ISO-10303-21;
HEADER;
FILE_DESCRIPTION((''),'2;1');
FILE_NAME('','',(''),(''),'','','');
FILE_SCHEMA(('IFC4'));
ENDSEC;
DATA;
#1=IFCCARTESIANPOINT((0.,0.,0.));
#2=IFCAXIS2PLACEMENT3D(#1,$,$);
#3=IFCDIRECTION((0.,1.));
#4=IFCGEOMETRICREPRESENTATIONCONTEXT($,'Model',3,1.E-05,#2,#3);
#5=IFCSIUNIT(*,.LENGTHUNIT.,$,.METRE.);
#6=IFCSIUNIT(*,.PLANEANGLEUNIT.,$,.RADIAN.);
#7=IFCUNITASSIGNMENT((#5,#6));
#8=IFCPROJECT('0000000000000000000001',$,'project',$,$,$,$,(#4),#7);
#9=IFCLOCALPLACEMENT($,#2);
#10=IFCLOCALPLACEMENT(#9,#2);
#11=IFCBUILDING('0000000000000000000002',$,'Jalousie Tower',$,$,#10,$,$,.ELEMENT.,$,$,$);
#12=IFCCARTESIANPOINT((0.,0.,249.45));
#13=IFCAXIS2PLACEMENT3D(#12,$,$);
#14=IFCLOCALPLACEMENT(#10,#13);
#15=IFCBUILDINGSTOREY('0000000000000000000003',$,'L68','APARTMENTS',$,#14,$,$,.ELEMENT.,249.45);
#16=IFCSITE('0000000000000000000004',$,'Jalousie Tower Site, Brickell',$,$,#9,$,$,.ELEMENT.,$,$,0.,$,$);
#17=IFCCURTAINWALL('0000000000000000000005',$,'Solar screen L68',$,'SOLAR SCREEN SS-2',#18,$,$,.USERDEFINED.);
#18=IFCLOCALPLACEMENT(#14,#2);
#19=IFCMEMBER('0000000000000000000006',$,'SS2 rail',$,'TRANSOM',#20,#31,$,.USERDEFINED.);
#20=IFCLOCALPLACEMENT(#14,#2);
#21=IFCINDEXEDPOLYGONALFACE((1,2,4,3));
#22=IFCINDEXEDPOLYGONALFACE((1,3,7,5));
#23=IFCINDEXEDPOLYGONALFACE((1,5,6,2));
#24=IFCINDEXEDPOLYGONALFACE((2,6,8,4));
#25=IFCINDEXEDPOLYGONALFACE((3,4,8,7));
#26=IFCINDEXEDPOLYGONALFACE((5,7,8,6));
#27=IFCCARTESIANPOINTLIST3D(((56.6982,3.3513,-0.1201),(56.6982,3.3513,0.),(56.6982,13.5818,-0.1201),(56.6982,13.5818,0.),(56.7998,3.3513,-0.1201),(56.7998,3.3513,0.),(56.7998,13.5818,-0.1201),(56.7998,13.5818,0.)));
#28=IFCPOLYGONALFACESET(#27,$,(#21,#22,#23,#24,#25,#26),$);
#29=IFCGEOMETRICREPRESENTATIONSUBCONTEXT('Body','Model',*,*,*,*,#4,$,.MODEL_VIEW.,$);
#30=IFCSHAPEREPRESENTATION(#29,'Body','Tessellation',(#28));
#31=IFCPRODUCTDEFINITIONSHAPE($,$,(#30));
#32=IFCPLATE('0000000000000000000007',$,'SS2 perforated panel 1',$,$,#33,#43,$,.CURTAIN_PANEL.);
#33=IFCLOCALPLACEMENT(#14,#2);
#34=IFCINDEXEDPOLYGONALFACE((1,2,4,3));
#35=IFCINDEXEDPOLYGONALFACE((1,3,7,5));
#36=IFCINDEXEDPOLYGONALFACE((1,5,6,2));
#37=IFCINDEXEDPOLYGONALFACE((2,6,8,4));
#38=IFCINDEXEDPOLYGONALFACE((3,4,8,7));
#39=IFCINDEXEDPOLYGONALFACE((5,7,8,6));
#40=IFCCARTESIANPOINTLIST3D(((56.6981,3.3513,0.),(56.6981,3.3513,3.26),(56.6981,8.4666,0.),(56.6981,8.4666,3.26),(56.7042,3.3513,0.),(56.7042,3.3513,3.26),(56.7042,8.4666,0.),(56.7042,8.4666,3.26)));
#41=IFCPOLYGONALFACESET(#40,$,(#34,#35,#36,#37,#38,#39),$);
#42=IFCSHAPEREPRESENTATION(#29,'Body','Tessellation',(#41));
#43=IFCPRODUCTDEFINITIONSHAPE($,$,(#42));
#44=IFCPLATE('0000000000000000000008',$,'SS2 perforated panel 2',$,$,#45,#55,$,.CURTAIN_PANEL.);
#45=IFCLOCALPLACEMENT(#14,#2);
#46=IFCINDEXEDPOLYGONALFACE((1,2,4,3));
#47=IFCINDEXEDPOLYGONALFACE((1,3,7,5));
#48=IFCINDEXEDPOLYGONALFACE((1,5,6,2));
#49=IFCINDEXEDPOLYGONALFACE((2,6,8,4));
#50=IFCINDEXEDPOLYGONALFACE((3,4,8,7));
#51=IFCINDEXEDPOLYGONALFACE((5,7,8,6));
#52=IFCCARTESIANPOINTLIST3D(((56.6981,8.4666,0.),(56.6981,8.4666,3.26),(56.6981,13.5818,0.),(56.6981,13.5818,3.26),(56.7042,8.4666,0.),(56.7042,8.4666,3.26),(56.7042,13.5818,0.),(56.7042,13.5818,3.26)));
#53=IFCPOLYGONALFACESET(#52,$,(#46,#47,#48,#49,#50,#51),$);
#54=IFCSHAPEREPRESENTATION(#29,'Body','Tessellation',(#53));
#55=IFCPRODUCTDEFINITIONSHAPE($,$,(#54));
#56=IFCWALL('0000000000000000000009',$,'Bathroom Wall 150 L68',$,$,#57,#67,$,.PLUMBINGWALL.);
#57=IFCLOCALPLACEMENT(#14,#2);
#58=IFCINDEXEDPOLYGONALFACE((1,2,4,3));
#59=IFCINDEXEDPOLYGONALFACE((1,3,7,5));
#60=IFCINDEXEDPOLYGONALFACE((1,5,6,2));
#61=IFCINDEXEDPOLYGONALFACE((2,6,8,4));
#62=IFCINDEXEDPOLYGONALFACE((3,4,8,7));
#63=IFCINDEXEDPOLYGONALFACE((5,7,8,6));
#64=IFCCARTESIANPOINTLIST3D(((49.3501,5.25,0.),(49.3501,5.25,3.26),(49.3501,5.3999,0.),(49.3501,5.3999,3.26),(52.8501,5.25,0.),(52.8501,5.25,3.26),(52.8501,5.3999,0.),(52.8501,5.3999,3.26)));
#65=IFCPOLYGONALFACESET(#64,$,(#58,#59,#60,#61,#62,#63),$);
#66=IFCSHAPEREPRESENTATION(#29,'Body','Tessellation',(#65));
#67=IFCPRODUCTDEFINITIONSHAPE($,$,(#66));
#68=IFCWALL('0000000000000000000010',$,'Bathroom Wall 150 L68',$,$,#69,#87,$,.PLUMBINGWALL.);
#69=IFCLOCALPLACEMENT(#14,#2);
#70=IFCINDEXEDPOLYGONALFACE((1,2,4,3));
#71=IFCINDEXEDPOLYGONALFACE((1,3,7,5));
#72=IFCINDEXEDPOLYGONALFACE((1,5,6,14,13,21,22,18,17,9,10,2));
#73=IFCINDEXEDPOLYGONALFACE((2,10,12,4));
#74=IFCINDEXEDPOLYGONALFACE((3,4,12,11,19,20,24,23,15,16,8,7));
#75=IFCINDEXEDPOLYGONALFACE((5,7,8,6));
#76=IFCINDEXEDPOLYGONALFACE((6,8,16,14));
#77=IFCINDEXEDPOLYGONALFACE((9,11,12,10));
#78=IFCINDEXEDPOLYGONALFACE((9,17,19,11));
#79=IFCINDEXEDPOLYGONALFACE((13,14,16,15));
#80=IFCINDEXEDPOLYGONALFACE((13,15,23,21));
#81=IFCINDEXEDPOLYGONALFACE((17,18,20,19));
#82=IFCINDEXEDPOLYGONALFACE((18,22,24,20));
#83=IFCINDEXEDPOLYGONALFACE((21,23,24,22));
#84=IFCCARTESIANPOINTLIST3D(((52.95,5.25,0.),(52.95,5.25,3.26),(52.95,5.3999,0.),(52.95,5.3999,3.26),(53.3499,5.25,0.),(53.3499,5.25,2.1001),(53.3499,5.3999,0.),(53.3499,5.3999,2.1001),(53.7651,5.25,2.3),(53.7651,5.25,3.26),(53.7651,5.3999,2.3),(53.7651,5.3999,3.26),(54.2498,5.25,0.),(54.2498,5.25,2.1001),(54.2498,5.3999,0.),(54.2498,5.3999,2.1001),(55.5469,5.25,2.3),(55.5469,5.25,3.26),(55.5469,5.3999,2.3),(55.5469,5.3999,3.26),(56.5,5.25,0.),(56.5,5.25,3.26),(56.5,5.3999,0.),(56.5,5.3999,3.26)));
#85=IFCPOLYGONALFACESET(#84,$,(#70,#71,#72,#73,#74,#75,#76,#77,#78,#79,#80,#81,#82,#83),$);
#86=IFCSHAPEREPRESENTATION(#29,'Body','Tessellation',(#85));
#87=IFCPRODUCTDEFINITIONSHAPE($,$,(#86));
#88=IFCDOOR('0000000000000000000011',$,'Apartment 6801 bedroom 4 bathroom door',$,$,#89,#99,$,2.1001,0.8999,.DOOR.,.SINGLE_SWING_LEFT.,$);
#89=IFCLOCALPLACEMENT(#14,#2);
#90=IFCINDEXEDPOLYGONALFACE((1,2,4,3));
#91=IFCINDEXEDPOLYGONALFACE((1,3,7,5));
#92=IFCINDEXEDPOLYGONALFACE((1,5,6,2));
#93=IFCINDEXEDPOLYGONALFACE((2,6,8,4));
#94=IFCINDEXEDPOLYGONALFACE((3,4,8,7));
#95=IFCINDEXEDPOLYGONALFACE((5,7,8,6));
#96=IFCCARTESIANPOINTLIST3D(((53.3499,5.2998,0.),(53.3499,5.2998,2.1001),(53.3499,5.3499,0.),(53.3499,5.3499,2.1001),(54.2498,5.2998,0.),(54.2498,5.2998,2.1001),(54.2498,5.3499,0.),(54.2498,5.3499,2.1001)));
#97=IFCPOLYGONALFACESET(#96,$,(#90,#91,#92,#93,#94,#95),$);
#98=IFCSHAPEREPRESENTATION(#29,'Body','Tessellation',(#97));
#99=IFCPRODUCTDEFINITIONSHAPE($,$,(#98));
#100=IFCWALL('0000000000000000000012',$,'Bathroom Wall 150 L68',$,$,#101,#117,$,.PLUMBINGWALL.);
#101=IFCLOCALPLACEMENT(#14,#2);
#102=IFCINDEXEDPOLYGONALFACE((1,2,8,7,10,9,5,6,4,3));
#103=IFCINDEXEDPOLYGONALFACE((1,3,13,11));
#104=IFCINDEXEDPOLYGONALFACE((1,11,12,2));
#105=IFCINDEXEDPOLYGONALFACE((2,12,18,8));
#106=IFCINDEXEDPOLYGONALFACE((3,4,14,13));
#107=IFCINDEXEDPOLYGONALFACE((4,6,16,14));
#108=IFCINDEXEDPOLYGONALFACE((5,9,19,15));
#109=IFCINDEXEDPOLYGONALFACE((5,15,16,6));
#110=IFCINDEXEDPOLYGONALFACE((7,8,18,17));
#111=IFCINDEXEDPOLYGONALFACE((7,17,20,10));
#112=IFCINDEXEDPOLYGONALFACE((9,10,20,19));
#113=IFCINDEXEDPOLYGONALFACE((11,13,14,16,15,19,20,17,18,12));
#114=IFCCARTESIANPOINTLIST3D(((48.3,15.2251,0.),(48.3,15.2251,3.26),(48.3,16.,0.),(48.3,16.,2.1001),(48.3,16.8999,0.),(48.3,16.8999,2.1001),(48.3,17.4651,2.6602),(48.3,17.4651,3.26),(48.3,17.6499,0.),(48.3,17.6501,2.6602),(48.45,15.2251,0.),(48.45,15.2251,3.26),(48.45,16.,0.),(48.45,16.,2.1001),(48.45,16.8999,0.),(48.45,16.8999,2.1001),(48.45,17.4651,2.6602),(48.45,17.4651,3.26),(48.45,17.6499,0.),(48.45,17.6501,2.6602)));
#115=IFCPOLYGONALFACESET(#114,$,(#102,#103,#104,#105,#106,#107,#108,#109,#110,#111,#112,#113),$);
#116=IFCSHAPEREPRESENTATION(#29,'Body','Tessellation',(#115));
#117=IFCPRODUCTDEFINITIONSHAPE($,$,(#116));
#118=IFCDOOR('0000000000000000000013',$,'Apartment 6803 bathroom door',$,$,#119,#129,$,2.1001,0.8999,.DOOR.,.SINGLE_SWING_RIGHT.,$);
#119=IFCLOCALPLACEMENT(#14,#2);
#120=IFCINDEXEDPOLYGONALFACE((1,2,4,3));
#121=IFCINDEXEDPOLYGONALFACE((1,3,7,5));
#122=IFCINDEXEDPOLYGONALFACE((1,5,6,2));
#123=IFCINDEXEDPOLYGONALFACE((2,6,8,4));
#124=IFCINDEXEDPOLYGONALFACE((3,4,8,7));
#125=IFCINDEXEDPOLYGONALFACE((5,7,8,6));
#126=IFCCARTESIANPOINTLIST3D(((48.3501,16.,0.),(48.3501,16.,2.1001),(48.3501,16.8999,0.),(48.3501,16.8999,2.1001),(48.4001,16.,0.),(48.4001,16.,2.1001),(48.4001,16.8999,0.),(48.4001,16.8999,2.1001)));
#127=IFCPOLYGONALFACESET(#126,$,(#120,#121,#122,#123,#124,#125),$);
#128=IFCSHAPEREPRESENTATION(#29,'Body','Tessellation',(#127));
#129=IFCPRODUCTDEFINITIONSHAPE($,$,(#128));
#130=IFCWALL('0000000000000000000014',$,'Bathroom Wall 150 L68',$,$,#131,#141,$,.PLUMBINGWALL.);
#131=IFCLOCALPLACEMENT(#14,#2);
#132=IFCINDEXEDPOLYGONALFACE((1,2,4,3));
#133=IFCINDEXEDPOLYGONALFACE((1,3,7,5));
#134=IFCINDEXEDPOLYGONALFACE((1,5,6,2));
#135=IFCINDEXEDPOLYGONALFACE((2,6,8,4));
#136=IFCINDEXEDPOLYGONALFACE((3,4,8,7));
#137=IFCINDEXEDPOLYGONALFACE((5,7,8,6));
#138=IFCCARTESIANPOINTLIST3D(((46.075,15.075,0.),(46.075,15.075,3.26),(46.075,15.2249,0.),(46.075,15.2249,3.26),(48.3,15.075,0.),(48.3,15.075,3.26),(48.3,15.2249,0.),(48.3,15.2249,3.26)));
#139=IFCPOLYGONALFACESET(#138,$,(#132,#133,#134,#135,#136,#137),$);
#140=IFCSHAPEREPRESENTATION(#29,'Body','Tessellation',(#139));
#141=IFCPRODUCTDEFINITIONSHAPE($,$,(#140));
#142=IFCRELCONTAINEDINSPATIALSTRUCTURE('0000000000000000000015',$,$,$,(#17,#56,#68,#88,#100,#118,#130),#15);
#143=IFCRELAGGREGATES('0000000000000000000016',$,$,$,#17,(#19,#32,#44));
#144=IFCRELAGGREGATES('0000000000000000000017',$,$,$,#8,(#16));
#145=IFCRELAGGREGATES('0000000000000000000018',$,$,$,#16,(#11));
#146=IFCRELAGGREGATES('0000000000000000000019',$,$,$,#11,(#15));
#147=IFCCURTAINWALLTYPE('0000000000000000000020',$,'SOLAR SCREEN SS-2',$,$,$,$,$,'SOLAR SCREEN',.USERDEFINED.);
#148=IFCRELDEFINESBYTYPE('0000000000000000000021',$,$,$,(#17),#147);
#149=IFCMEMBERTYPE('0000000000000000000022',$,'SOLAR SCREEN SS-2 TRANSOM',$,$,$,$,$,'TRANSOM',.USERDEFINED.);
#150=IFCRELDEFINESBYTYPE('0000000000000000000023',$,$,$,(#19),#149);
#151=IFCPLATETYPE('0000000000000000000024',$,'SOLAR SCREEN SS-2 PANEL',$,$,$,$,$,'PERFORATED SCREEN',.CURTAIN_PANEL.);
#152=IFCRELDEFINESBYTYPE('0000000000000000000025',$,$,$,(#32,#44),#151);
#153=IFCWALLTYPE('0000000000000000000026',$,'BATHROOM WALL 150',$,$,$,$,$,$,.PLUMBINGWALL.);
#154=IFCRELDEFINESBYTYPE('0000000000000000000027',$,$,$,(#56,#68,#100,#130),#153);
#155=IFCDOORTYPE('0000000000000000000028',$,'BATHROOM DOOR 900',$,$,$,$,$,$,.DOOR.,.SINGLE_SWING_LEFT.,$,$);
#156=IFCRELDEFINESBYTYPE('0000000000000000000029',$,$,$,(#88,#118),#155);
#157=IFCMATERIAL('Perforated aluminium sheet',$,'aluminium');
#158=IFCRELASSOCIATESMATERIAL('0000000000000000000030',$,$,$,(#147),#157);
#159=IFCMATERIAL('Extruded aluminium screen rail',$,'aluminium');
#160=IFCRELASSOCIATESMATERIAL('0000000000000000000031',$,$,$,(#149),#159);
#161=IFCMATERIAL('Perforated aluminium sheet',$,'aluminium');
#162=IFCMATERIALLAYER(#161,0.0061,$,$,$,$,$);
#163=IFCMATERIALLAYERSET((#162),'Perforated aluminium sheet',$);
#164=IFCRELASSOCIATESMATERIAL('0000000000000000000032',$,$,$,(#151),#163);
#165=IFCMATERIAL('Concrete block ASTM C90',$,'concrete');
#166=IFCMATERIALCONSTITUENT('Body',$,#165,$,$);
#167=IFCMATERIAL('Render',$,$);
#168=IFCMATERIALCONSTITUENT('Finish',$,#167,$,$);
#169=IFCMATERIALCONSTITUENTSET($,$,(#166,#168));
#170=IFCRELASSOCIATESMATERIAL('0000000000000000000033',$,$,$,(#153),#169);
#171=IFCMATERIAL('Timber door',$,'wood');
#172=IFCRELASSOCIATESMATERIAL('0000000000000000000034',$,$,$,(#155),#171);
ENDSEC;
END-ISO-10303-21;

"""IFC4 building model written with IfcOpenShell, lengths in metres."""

from ifc_helpers import new_model, si_unit, direction, frame, frame_2d, origin, origin_2d, place, context, subcontext, project, spatial, polyline, rectangle, outline, extrude, material, layer, layer_set, constituent, constituent_set, material_profile, profile_set, type_object, element, fill, aggregate, save


model = new_model("IFC4")

# Units and contexts
model_context = context("Model", 3, precision=1e-05, world=origin(), true_north=direction((0.0, 1.0)))
body_context = subcontext(model_context, "Body", "Model", "MODEL_VIEW")
ifc_project = project(units=[si_unit("LENGTHUNIT", "METRE"), si_unit("PLANEANGLEUNIT", "RADIAN")], contexts=[model_context])

# Site, building, storey
site_placement = place(None, origin())
site = spatial("IfcSite", under=ifc_project, at=site_placement, Name="Jalousie Tower Site, Brickell", CompositionType="ELEMENT", RefElevation=0.0)
building_placement = place(site_placement, origin())
building = spatial("IfcBuilding", under=site, at=building_placement, Name="Jalousie Tower", CompositionType="ELEMENT")
storey_placement = place(building_placement, frame((0.0, 0.0, 249.45)))
storey = spatial("IfcBuildingStorey", under=building, at=storey_placement, Name="L68", Description="APARTMENTS", CompositionType="ELEMENT", Elevation=249.45)

# Curtain wall, member, plates
ifc_material_1 = material(Name="Perforated aluminium sheet", Category="aluminium")
curtain_wall_type_1 = type_object("IfcCurtainWallType", Name="SOLAR SCREEN SS-2", ElementType="SOLAR SCREEN", PredefinedType="USERDEFINED", material=ifc_material_1)
curtain_wall_1_placement = place(storey_placement, origin())
curtain_wall_1 = element("IfcCurtainWall", 1, at=curtain_wall_1_placement, inside=storey, type_object=curtain_wall_type_1, Name="Solar screen L68", ObjectType="SOLAR SCREEN SS-2", PredefinedType="USERDEFINED")
ifc_material_2 = material(Name="Extruded aluminium screen rail", Category="aluminium")
ifc_material_profile_1 = material_profile(ifc_material_2, rectangle(XDim=0.1016, YDim=0.1201, at=origin_2d()), Name="RAIL 102x120")
ifc_profile_set_1 = profile_set([ifc_material_profile_1], Name="Extruded aluminium screen rail")
member_type_1 = type_object("IfcMemberType", Name="SOLAR SCREEN SS-2 TRANSOM", ElementType="TRANSOM", PredefinedType="USERDEFINED", material=ifc_profile_set_1)
member_1_placement = place(storey_placement, frame((56.749, 3.3513, -0.0601), z_axis=(0.0, 1.0, 0.0), x_axis=(-1.0, 0.0, 0.0)))
member_1 = element("IfcMember", 2, at=member_1_placement, type_object=member_type_1, Name="SS2 rail", ObjectType="TRANSOM", PredefinedType="USERDEFINED", context=body_context, shape_type="SweptSolid", body=[
    extrude(rectangle(XDim=0.1016, YDim=0.1201, at=origin_2d()), origin(), (0.0, 0.0, 1.0), 10.2305),
])
ifc_material_3 = material(Name="Perforated aluminium sheet", Category="aluminium")
ifc_layer = layer(ifc_material_3, 0.0061)
ifc_layer_set = layer_set([ifc_layer], Name="Perforated aluminium sheet")
plate_type = type_object("IfcPlateType", Name="SOLAR SCREEN SS-2 PANEL", ElementType="PERFORATED SCREEN", PredefinedType="CURTAIN_PANEL", material=ifc_layer_set)
plate_1_placement = place(storey_placement, frame((56.7012, 5.9089, 0.0), z_axis=(0.0, 0.0, 1.0), x_axis=(0.0, 1.0, 0.0)))
plate_1 = element("IfcPlate", 3, at=plate_1_placement, type_object=plate_type, Name="SS2 perforated panel 1", PredefinedType="CURTAIN_PANEL", context=body_context, shape_type="SweptSolid", body=[
    extrude(rectangle(XDim=5.1152, YDim=0.0061, at=origin_2d()), origin(), (0.0, 0.0, 1.0), 3.26),
])
plate_2_placement = place(storey_placement, frame((56.7012, 11.0242, 0.0), z_axis=(0.0, 0.0, 1.0), x_axis=(0.0, 1.0, 0.0)))
plate_2 = element("IfcPlate", 4, at=plate_2_placement, type_object=plate_type, Name="SS2 perforated panel 2", PredefinedType="CURTAIN_PANEL", context=body_context, shape_type="SweptSolid", body=[
    extrude(rectangle(XDim=5.1152, YDim=0.0061, at=origin_2d()), origin(), (0.0, 0.0, 1.0), 3.26),
])
aggregate(curtain_wall_1, [member_1, plate_1, plate_2])

# Wall
ifc_material_4 = material(Name="Concrete block ASTM C90", Category="concrete")
ifc_constituent_1 = constituent(ifc_material_4, Name="Body")
ifc_material_5 = material(Name="Render")
ifc_constituent_2 = constituent(ifc_material_5, Name="Finish")
ifc_constituent_set_1 = constituent_set(constituents=[ifc_constituent_1, ifc_constituent_2])
wall_type_1 = type_object("IfcWallType", Name="BATHROOM WALL 150", PredefinedType="PLUMBINGWALL", material=ifc_constituent_set_1)
wall_1_placement = place(storey_placement, frame((49.3501, 5.325, 0.0), z_axis=(0.0, 0.0, 1.0), x_axis=(1.0, 0.0, 0.0)))
element("IfcWall", 5, at=wall_1_placement, inside=storey, type_object=wall_type_1, Name="Bathroom Wall 150 L68", PredefinedType="PLUMBINGWALL", context=body_context, shape_type="SweptSolid", body=[
    extrude(rectangle(XDim=3.5, YDim=0.1499, at=frame_2d((1.75, 0.0))), origin(), (0.0, 0.0, 1.0), 3.26),
])

# Walls, openings, doors
wall_2_placement = place(storey_placement, frame((52.95, 5.325, 0.0), z_axis=(0.0, 0.0, 1.0), x_axis=(1.0, 0.0, 0.0)))
wall_2 = element("IfcWall", 6, at=wall_2_placement, inside=storey, type_object=wall_type_1, Name="Bathroom Wall 150 L68", PredefinedType="PLUMBINGWALL", context=body_context, shape_type="SweptSolid", body=[
    extrude(outline(polyline([(0.0, 0.0), (3.55, 0.0), (3.55, 3.26), (2.5969, 3.26), (2.5969, 2.3), (0.8152, 2.3), (0.8152, 3.26), (0.0, 3.26), (0.0, 0.0)])), frame((0.0, 0.075, 0.0), z_axis=(0.0, -1.0, 0.0), x_axis=(1.0, 0.0, 0.0)), (0.0, 0.0, 1.0), 0.1499),
])
opening_1_placement = place(wall_2_placement, frame((0.3999, 0.0, 0.0)))
opening_1 = element("IfcOpeningElement", 7, at=opening_1_placement, cuts=wall_2, PredefinedType="OPENING", context=body_context, shape_type="SweptSolid", body=[
    extrude(rectangle(XDim=0.8999, YDim=2.1001, at=frame_2d((0.45, 1.05))), frame((0.0, 0.085, 0.0), z_axis=(0.0, -1.0, 0.0), x_axis=(1.0, 0.0, 0.0)), (0.0, 0.0, 1.0), 0.1699),
])
ifc_material_6 = material(Name="Timber door", Category="wood")
door_type_1 = type_object("IfcDoorType", Name="BATHROOM DOOR 900", OperationType="SINGLE_SWING_LEFT", PredefinedType="DOOR", material=ifc_material_6)
door_1_placement = place(opening_1_placement, origin())
door_1 = element("IfcDoor", 8, at=door_1_placement, inside=storey, type_object=door_type_1, Name="Apartment 6801 bedroom 4 bathroom door", OperationType="SINGLE_SWING_LEFT", OverallHeight=2.1001, OverallWidth=0.8999, PredefinedType="DOOR", context=body_context, shape_type="SweptSolid", body=[
    extrude(rectangle(XDim=0.8999, YDim=2.1001, at=frame_2d((0.45, 1.05))), frame((0.0, 0.0249, 0.0), z_axis=(0.0, -1.0, 0.0), x_axis=(1.0, 0.0, 0.0)), (0.0, 0.0, 1.0), 0.05),
])
fill(opening_1, door_1)
wall_3_placement = place(storey_placement, frame((48.375, 15.2251, 0.0), z_axis=(0.0, 0.0, 1.0), x_axis=(0.0, 1.0, 0.0)))
wall_3 = element("IfcWall", 9, at=wall_3_placement, inside=storey, type_object=wall_type_1, Name="Bathroom Wall 150 L68", PredefinedType="PLUMBINGWALL", context=body_context, shape_type="SweptSolid", body=[
    extrude(outline(polyline([(0.0, 0.0), (2.4248, 0.0), (2.425, 3.26), (2.425, 2.6602), (2.24, 2.6602), (2.24, 3.26), (0.0, 3.26), (0.0, 0.0)])), frame((0.0, 0.075, 0.0), z_axis=(0.0, -1.0, 0.0), x_axis=(1.0, 0.0, 0.0)), (0.0, 0.0, 1.0), 0.1499),
])
opening_2_placement = place(wall_3_placement, frame((0.7749, 0.0, 0.0)))
opening_2 = element("IfcOpeningElement", 10, at=opening_2_placement, cuts=wall_3, PredefinedType="OPENING", context=body_context, shape_type="SweptSolid", body=[
    extrude(rectangle(XDim=0.8999, YDim=2.1001, at=frame_2d((0.45, 1.05))), frame((0.0, 0.085, 0.0), z_axis=(0.0, -1.0, 0.0), x_axis=(1.0, 0.0, 0.0)), (0.0, 0.0, 1.0), 0.1699),
])
door_2_placement = place(opening_2_placement, origin())
door_2 = element("IfcDoor", 11, at=door_2_placement, inside=storey, type_object=door_type_1, Name="Apartment 6803 bathroom door", OperationType="SINGLE_SWING_RIGHT", OverallHeight=2.1001, OverallWidth=0.8999, PredefinedType="DOOR", context=body_context, shape_type="SweptSolid", body=[
    extrude(rectangle(XDim=0.8999, YDim=2.1001, at=frame_2d((0.45, 1.05))), frame((0.0, 0.0249, 0.0), z_axis=(0.0, -1.0, 0.0), x_axis=(1.0, 0.0, 0.0)), (0.0, 0.0, 1.0), 0.05),
])
fill(opening_2, door_2)

# Wall
wall_4_placement = place(storey_placement, frame((48.3, 15.1499, 0.0), z_axis=(0.0, 0.0, 1.0), x_axis=(-1.0, 0.0, 0.0)))
element("IfcWall", 12, at=wall_4_placement, inside=storey, type_object=wall_type_1, Name="Bathroom Wall 150 L68", PredefinedType="PLUMBINGWALL", context=body_context, shape_type="SweptSolid", body=[
    extrude(rectangle(XDim=2.2251, YDim=0.1499, at=frame_2d((1.1125, 0.0))), origin(), (0.0, 0.0, 1.0), 3.26),
])

save(model, "model.ifc")
